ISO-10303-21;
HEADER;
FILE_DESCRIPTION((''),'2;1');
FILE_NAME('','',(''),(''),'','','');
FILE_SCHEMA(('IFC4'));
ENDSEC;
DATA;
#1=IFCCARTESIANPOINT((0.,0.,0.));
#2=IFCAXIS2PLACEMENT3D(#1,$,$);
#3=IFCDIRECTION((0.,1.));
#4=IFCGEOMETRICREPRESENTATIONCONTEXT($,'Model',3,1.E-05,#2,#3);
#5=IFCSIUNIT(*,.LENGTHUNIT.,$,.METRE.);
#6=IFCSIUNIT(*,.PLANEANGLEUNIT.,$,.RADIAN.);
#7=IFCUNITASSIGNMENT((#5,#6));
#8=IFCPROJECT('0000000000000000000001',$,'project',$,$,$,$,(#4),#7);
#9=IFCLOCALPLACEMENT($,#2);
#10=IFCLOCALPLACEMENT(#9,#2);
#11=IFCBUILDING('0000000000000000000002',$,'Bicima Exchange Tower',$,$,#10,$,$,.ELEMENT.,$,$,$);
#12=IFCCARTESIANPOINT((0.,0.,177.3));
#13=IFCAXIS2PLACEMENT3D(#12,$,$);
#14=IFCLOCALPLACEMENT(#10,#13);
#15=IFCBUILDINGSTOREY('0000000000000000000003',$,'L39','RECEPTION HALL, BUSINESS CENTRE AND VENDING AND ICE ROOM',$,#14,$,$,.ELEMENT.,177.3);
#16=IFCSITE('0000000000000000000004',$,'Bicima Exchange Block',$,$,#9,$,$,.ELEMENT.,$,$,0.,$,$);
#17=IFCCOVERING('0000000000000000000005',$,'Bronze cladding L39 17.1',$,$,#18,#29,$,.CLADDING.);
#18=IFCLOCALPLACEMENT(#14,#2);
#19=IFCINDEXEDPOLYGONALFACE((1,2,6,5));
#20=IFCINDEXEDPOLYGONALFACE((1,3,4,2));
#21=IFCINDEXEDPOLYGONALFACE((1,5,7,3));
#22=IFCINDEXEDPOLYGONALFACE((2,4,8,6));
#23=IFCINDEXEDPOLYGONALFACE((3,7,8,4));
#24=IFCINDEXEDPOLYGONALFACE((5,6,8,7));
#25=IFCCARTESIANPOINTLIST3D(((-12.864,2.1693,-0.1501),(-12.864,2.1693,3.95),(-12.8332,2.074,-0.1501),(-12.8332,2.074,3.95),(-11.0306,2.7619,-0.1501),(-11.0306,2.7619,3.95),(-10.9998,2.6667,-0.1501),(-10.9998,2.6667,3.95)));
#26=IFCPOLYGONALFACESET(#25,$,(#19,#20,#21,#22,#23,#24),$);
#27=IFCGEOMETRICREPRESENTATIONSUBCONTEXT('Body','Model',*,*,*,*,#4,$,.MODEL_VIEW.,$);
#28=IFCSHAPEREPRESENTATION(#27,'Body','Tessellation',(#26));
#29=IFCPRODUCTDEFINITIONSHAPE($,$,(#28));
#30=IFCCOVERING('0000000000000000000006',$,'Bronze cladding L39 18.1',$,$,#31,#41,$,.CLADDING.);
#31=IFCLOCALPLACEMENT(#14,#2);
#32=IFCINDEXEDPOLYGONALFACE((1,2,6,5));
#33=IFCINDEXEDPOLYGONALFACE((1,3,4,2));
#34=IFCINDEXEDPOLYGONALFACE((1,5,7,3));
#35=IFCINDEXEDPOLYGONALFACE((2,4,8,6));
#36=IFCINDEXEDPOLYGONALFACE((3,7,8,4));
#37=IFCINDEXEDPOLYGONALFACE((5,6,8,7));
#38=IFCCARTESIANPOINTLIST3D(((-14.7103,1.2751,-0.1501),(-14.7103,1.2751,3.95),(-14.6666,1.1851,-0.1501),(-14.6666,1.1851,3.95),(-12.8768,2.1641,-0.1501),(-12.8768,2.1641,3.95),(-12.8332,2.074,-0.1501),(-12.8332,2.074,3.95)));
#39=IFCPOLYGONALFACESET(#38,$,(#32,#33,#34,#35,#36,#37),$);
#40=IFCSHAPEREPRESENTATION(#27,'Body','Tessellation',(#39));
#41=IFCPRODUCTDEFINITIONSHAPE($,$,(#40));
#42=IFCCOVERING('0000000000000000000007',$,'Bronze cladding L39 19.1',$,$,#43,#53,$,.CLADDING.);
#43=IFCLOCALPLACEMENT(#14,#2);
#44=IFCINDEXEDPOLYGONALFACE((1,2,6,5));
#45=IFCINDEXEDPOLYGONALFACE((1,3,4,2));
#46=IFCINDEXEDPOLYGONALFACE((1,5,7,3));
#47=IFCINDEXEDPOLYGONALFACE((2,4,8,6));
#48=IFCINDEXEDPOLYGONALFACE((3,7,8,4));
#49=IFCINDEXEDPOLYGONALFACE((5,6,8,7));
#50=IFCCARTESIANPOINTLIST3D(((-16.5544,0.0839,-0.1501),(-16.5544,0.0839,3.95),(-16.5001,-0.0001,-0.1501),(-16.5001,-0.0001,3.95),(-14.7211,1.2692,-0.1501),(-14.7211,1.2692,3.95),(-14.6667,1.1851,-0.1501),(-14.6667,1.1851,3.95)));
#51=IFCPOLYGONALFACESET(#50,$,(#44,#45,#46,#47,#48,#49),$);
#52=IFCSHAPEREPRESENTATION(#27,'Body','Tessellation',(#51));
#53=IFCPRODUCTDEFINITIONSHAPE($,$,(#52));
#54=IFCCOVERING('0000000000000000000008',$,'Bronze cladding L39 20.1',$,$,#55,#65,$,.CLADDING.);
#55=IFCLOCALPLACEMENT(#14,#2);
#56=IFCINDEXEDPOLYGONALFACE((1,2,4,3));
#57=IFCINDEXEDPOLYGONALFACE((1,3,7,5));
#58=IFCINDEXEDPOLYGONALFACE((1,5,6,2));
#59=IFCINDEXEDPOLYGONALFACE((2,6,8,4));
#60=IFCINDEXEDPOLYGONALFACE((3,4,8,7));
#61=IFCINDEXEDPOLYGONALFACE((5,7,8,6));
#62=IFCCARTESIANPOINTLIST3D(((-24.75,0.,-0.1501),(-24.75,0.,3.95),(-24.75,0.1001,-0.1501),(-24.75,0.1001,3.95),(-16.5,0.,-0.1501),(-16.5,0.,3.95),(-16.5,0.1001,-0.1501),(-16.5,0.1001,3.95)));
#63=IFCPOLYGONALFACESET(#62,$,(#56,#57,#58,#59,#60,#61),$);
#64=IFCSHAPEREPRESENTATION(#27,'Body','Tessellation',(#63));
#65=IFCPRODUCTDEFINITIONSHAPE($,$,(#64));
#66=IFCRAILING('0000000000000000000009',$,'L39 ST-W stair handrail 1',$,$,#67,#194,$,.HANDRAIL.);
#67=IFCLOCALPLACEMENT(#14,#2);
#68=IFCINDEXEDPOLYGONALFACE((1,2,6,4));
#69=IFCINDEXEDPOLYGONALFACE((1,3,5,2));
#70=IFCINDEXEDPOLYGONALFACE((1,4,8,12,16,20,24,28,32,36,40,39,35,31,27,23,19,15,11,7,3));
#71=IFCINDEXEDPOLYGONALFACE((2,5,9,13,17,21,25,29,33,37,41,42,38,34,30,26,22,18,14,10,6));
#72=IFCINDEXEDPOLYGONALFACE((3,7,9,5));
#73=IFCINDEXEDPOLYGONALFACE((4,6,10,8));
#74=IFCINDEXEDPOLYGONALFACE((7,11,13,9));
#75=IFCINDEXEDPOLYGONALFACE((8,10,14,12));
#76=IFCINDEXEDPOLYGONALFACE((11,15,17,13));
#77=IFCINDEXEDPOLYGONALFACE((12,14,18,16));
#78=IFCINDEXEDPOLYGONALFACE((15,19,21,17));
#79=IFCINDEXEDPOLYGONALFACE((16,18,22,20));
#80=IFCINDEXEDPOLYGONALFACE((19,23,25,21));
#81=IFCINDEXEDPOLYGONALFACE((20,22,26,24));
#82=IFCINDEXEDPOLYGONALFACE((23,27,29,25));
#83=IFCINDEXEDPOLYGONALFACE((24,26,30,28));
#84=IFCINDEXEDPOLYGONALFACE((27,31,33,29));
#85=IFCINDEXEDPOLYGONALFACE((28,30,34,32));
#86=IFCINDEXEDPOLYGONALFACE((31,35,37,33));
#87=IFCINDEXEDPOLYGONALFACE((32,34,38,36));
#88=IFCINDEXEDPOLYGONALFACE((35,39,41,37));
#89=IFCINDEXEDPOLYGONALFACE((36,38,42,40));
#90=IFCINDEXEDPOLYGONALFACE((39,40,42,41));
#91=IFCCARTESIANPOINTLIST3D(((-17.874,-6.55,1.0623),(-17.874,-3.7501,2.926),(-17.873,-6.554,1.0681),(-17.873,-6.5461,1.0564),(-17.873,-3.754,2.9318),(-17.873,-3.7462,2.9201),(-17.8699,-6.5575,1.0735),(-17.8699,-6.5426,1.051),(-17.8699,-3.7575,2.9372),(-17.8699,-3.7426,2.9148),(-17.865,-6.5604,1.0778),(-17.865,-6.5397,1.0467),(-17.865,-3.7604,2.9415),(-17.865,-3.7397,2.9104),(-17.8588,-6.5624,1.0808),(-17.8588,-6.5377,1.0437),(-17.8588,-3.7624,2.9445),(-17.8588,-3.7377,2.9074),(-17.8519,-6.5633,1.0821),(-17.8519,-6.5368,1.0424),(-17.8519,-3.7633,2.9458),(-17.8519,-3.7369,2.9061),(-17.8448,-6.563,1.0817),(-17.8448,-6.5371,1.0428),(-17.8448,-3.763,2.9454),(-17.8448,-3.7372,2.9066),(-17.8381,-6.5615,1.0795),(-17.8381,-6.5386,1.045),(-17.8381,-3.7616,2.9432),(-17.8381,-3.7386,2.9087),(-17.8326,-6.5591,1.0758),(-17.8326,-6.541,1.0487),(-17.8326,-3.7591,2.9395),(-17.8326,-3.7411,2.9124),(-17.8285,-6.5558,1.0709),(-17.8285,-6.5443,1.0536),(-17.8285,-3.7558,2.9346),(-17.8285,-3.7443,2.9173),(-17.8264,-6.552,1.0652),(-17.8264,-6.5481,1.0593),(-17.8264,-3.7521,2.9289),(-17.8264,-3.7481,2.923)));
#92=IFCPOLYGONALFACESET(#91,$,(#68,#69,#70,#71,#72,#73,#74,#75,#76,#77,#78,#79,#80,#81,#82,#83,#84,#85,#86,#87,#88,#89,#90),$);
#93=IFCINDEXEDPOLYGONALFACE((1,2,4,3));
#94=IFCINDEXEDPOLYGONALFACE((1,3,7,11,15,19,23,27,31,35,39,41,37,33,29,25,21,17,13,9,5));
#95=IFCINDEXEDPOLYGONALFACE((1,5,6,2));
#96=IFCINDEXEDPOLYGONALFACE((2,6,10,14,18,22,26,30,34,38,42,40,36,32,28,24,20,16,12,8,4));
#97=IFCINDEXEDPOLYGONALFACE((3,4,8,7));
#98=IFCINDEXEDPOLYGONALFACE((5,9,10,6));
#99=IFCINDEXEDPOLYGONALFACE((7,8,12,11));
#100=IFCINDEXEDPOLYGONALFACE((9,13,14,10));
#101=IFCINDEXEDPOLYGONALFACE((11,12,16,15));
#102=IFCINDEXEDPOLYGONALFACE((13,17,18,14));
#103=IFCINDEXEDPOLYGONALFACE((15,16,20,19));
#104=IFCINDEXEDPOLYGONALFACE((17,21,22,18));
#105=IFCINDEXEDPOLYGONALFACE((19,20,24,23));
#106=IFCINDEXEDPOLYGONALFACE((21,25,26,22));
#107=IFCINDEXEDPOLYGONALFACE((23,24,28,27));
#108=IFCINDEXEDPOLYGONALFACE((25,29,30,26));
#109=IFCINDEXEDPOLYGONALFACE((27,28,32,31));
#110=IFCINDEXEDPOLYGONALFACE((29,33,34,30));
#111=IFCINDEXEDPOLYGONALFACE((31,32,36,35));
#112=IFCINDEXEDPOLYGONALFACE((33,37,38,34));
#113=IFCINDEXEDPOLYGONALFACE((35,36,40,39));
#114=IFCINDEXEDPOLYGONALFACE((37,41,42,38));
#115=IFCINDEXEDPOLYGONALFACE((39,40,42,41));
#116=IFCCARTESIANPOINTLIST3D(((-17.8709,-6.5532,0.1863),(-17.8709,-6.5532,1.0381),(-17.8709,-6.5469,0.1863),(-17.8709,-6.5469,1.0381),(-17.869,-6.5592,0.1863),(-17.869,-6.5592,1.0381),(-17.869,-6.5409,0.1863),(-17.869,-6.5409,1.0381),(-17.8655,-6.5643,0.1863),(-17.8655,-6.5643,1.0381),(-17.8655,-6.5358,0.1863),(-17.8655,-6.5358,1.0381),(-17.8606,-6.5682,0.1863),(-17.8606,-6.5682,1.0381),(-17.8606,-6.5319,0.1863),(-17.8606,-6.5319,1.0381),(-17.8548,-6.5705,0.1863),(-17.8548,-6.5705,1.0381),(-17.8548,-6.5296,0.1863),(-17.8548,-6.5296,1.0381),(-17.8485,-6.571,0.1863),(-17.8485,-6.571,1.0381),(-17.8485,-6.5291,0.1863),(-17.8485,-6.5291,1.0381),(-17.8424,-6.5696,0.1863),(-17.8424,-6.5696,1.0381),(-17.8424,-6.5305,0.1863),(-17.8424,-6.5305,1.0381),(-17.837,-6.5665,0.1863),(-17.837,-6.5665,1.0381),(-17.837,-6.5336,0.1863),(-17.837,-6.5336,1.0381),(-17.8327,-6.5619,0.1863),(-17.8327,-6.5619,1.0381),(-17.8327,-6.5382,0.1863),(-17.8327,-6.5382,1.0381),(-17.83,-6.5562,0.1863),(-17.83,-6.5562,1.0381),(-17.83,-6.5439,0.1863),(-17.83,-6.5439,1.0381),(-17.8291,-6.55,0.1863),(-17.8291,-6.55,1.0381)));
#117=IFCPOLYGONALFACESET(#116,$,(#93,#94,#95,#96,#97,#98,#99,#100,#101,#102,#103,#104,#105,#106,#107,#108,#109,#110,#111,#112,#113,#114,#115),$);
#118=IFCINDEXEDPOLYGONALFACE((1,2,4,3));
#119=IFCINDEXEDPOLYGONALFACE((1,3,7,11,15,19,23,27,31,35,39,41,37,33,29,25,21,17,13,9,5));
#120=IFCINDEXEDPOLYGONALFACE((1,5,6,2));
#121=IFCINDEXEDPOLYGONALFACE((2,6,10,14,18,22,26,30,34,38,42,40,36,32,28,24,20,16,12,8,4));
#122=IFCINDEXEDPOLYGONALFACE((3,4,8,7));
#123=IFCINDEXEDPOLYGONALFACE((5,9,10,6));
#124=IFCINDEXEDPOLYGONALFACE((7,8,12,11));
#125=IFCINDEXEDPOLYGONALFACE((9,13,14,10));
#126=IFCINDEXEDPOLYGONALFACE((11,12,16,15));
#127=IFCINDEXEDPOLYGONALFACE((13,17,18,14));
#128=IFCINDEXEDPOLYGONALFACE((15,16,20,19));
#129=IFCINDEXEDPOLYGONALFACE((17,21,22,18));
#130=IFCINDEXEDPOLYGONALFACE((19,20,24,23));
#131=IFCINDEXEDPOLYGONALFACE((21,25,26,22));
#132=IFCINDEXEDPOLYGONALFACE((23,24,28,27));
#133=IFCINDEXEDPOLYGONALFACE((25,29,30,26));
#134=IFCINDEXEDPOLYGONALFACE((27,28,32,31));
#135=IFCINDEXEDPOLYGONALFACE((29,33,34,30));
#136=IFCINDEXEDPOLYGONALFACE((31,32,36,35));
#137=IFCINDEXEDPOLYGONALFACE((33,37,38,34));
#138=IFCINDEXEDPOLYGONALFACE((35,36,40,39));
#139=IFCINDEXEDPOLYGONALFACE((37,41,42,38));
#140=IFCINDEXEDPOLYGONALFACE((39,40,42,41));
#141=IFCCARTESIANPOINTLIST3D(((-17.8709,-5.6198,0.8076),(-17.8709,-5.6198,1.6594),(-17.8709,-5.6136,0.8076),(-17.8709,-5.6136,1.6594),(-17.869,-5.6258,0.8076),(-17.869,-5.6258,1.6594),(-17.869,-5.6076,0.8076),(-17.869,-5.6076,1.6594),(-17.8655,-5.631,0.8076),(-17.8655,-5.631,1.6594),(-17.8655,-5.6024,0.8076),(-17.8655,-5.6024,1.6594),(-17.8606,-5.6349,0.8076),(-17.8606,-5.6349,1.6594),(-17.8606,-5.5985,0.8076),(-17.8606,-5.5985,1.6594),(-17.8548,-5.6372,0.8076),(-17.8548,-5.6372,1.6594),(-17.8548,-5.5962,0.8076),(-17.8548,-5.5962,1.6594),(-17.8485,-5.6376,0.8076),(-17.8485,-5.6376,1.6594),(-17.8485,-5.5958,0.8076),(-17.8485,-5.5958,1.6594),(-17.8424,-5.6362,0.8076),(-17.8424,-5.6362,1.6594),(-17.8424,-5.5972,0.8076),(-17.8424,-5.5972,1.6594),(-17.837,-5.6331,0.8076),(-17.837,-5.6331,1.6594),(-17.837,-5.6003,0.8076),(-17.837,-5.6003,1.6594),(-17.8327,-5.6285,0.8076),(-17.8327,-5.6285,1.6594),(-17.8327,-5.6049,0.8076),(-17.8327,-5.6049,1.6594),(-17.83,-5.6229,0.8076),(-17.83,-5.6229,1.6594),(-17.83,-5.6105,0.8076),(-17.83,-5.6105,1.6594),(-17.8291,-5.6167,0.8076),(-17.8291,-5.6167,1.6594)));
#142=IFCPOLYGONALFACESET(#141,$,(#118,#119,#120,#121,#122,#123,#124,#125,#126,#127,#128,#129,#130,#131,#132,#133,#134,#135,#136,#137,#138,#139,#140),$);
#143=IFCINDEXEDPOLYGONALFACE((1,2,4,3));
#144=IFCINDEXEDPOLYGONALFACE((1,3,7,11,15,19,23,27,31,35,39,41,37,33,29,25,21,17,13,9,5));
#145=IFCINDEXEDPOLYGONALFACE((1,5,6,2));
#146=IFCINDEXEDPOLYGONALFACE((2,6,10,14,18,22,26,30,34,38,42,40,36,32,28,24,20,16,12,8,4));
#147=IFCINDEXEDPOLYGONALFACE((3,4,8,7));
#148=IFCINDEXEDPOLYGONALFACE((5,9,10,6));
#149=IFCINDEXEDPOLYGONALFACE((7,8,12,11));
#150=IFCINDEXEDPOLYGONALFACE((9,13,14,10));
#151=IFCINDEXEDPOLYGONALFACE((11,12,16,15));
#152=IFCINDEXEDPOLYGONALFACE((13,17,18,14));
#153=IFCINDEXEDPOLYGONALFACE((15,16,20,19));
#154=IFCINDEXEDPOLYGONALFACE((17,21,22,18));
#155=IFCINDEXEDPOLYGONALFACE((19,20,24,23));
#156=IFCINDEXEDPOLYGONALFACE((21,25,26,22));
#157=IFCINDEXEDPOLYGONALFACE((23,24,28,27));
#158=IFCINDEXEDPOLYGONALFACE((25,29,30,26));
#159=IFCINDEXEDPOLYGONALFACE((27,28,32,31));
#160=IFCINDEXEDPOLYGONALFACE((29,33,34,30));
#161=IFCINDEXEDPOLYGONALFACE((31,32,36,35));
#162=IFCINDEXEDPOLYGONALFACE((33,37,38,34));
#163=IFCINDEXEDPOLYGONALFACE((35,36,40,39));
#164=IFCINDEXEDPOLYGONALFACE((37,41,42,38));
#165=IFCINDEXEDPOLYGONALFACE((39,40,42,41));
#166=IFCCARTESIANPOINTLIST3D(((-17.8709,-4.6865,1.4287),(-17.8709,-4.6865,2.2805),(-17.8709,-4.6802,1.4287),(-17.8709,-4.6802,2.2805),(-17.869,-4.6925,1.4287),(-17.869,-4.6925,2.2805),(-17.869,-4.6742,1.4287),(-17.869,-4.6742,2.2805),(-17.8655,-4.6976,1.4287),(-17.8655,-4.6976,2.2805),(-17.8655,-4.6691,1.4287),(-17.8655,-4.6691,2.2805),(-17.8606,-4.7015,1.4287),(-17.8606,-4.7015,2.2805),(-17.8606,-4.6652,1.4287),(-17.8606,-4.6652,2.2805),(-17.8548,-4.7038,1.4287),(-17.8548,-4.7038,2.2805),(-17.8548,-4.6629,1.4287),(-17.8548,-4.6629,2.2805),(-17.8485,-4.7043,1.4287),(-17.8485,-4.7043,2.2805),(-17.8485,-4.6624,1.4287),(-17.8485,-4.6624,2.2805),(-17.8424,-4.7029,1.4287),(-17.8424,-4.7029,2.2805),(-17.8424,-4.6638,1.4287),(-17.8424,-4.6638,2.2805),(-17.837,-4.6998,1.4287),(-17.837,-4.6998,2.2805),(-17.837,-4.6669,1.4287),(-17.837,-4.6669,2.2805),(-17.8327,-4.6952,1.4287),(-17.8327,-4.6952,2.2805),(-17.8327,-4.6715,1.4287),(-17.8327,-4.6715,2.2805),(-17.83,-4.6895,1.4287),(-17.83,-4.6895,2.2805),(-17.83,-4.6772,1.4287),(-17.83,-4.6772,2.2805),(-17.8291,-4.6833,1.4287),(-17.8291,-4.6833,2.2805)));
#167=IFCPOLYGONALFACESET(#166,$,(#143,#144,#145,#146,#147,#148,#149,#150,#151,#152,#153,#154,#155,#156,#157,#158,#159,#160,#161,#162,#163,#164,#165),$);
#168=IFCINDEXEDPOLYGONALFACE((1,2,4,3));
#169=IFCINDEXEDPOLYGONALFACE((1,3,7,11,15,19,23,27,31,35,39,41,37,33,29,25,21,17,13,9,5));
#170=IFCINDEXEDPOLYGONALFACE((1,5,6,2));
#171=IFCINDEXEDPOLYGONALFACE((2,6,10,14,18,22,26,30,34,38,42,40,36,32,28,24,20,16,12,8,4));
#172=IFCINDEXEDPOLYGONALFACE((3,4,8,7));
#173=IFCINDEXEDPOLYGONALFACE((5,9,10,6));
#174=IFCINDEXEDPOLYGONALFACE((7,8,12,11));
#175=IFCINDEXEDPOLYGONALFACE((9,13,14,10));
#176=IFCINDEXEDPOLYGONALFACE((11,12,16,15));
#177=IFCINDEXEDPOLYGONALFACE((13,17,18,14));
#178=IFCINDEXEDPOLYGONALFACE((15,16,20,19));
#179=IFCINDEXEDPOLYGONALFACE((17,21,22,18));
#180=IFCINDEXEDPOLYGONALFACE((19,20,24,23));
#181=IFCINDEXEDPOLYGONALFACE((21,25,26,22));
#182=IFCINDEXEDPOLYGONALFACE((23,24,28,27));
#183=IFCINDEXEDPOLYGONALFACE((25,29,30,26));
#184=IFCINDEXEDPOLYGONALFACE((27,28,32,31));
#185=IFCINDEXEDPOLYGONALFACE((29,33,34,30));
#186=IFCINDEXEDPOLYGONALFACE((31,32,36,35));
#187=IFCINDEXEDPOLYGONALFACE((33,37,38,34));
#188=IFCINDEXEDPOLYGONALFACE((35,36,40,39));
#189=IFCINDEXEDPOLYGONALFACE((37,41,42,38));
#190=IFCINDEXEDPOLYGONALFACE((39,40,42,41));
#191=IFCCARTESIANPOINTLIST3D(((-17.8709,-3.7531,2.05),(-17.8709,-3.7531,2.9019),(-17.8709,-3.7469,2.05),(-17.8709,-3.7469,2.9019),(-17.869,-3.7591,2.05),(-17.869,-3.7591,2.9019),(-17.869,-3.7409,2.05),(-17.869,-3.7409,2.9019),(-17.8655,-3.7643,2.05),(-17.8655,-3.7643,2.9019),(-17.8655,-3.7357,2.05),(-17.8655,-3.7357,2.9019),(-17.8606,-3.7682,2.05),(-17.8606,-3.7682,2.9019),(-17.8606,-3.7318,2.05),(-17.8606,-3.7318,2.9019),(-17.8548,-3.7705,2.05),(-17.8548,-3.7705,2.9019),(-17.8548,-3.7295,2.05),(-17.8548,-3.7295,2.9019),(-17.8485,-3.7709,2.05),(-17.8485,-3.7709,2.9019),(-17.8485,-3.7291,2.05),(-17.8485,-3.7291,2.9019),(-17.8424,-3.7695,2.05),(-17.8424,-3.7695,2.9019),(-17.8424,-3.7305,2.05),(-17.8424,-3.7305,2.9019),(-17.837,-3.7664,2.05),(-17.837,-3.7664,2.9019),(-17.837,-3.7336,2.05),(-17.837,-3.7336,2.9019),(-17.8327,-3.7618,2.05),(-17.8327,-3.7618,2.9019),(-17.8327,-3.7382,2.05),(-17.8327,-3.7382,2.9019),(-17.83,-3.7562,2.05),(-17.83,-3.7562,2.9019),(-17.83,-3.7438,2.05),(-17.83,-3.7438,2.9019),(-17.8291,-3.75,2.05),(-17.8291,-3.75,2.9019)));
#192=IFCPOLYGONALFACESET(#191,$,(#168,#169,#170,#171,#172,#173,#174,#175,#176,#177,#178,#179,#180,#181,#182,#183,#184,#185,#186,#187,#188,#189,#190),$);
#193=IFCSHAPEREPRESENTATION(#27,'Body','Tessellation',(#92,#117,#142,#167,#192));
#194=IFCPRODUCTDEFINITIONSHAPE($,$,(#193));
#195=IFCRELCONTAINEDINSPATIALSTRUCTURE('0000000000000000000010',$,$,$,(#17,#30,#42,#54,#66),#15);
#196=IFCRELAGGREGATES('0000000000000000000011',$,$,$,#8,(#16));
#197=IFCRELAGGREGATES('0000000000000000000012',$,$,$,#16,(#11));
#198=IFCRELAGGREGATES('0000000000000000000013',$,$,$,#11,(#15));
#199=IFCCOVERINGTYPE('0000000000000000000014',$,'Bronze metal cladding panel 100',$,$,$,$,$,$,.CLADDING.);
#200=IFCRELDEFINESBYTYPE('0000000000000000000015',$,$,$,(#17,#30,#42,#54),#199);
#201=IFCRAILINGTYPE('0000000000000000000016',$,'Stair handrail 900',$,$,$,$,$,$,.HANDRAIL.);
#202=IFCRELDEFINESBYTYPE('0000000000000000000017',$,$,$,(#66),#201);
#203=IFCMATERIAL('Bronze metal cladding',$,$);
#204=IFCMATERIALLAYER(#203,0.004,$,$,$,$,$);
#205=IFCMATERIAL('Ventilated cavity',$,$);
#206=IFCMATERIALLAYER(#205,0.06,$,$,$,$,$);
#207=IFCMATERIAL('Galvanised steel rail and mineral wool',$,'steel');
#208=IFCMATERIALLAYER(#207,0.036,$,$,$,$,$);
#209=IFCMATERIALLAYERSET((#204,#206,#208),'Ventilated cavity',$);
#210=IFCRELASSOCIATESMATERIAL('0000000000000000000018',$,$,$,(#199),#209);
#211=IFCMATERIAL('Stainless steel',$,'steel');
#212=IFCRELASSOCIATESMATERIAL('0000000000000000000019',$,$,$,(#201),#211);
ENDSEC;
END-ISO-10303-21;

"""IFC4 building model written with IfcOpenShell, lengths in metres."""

from ifc_helpers import new_model, si_unit, direction, frame, origin, origin_2d, place, context, subcontext, project, spatial, rectangle, circle, extrude, material, layer, layer_set, type_object, element, save


model = new_model("IFC4")

# Units and contexts
model_context = context("Model", 3, precision=1e-05, world=origin(), true_north=direction((0.0, 1.0)))
body_context = subcontext(model_context, "Body", "Model", "MODEL_VIEW")
ifc_project = project(units=[si_unit("LENGTHUNIT", "METRE"), si_unit("PLANEANGLEUNIT", "RADIAN")], contexts=[model_context])

# Site, building, storey
site_placement = place(None, origin())
site = spatial("IfcSite", under=ifc_project, at=site_placement, Name="Bicima Exchange Block", CompositionType="ELEMENT", RefElevation=0.0)
building_placement = place(site_placement, origin())
building = spatial("IfcBuilding", under=site, at=building_placement, Name="Bicima Exchange Tower", CompositionType="ELEMENT")
storey_placement = place(building_placement, frame((0.0, 0.0, 177.3)))
storey = spatial("IfcBuildingStorey", under=building, at=storey_placement, Name="L39", Description="RECEPTION HALL, BUSINESS CENTRE AND VENDING AND ICE ROOM", CompositionType="ELEMENT", Elevation=177.3)

# Shared definitions
ifc_material_1 = material(Name="Stainless steel", Category="steel")

# Coverings
ifc_material_2 = material(Name="Bronze metal cladding")
ifc_layer_1 = layer(ifc_material_2, 0.004)
ifc_material_3 = material(Name="Ventilated cavity")
ifc_layer_2 = layer(ifc_material_3, 0.06)
ifc_material_4 = material(Name="Galvanised steel rail and mineral wool", Category="steel")
ifc_layer_3 = layer(ifc_material_4, 0.036)
ifc_layer_set_1 = layer_set([ifc_layer_1, ifc_layer_2, ifc_layer_3], Name="Ventilated cavity")
covering_type = type_object("IfcCoveringType", Name="Bronze metal cladding panel 100", PredefinedType="CLADDING", material=ifc_layer_set_1)
covering_1_placement = place(storey_placement, frame((-11.9319, 2.418, -0.1501), z_axis=(0.0, 0.0, 1.0), x_axis=(-0.951525, -0.307573, 0.0)))
element("IfcCovering", 1, at=covering_1_placement, inside=storey, type_object=covering_type, Name="Bronze cladding L39 17.1", PredefinedType="CLADDING", context=body_context, shape_type="SweptSolid", body=[
    extrude(rectangle(XDim=1.9268, YDim=0.1001, at=origin_2d()), origin(), (0.0, 0.0, 1.0), 4.1001),
])
covering_2_placement = place(storey_placement, frame((-13.7717, 1.6746, -0.1501), z_axis=(0.0, 0.0, 1.0), x_axis=(-0.899818, -0.436265, 0.0)))
element("IfcCovering", 2, at=covering_2_placement, inside=storey, type_object=covering_type, Name="Bronze cladding L39 18.1", PredefinedType="CLADDING", context=body_context, shape_type="SweptSolid", body=[
    extrude(rectangle(XDim=2.0376, YDim=0.1001, at=origin_2d()), origin(), (0.0, 0.0, 1.0), 4.1001),
])
covering_3_placement = place(storey_placement, frame((-15.6106, 0.6345, -0.1501), z_axis=(0.0, 0.0, 1.0), x_axis=(-0.83979, -0.542911, 0.0)))
element("IfcCovering", 3, at=covering_3_placement, inside=storey, type_object=covering_type, Name="Bronze cladding L39 19.1", PredefinedType="CLADDING", context=body_context, shape_type="SweptSolid", body=[
    extrude(rectangle(XDim=2.1831, YDim=0.1001, at=origin_2d()), origin(), (0.0, 0.0, 1.0), 4.1001),
])
covering_4_placement = place(storey_placement, frame((-20.625, 0.05, -0.1501), z_axis=(0.0, 0.0, 1.0), x_axis=(-1.0, 0.0, 0.0)))
element("IfcCovering", 4, at=covering_4_placement, inside=storey, type_object=covering_type, Name="Bronze cladding L39 20.1", PredefinedType="CLADDING", context=body_context, shape_type="SweptSolid", body=[
    extrude(rectangle(XDim=8.25, YDim=0.1001, at=origin_2d()), origin(), (0.0, 0.0, 1.0), 4.1001),
])

# Railing
railing_type_1 = type_object("IfcRailingType", Name="Stair handrail 900", PredefinedType="HANDRAIL", material=ifc_material_1)
railing_1_placement = place(storey_placement, frame((-17.8501, -6.55, 0.1863)))
element("IfcRailing", 5, at=railing_1_placement, inside=storey, type_object=railing_type_1, Name="L39 ST-W stair handrail 1", PredefinedType="HANDRAIL", context=body_context, shape_type="SweptSolid", body=[
    extrude(circle(Radius=0.0239, at=origin_2d()), frame((0.0, 0.0, 0.876), z_axis=(0.0, 0.832452, 0.554097), x_axis=(-1.0, 0.0, 0.0)), (0.0, 0.0, 1.0), 3.3635),
    extrude(circle(Radius=0.021, at=origin_2d()), origin(), (0.0, 0.0, 1.0), 0.8518),
    extrude(circle(Radius=0.021, at=origin_2d()), frame((0.0, 0.9333, 0.6213)), (0.0, 0.0, 1.0), 0.8518),
    extrude(circle(Radius=0.021, at=origin_2d()), frame((0.0, 1.8667, 1.2424)), (0.0, 0.0, 1.0), 0.8518),
    extrude(circle(Radius=0.021, at=origin_2d()), frame((0.0, 2.8, 1.8638)), (0.0, 0.0, 1.0), 0.8518),
])

save(model, "model.ifc")
